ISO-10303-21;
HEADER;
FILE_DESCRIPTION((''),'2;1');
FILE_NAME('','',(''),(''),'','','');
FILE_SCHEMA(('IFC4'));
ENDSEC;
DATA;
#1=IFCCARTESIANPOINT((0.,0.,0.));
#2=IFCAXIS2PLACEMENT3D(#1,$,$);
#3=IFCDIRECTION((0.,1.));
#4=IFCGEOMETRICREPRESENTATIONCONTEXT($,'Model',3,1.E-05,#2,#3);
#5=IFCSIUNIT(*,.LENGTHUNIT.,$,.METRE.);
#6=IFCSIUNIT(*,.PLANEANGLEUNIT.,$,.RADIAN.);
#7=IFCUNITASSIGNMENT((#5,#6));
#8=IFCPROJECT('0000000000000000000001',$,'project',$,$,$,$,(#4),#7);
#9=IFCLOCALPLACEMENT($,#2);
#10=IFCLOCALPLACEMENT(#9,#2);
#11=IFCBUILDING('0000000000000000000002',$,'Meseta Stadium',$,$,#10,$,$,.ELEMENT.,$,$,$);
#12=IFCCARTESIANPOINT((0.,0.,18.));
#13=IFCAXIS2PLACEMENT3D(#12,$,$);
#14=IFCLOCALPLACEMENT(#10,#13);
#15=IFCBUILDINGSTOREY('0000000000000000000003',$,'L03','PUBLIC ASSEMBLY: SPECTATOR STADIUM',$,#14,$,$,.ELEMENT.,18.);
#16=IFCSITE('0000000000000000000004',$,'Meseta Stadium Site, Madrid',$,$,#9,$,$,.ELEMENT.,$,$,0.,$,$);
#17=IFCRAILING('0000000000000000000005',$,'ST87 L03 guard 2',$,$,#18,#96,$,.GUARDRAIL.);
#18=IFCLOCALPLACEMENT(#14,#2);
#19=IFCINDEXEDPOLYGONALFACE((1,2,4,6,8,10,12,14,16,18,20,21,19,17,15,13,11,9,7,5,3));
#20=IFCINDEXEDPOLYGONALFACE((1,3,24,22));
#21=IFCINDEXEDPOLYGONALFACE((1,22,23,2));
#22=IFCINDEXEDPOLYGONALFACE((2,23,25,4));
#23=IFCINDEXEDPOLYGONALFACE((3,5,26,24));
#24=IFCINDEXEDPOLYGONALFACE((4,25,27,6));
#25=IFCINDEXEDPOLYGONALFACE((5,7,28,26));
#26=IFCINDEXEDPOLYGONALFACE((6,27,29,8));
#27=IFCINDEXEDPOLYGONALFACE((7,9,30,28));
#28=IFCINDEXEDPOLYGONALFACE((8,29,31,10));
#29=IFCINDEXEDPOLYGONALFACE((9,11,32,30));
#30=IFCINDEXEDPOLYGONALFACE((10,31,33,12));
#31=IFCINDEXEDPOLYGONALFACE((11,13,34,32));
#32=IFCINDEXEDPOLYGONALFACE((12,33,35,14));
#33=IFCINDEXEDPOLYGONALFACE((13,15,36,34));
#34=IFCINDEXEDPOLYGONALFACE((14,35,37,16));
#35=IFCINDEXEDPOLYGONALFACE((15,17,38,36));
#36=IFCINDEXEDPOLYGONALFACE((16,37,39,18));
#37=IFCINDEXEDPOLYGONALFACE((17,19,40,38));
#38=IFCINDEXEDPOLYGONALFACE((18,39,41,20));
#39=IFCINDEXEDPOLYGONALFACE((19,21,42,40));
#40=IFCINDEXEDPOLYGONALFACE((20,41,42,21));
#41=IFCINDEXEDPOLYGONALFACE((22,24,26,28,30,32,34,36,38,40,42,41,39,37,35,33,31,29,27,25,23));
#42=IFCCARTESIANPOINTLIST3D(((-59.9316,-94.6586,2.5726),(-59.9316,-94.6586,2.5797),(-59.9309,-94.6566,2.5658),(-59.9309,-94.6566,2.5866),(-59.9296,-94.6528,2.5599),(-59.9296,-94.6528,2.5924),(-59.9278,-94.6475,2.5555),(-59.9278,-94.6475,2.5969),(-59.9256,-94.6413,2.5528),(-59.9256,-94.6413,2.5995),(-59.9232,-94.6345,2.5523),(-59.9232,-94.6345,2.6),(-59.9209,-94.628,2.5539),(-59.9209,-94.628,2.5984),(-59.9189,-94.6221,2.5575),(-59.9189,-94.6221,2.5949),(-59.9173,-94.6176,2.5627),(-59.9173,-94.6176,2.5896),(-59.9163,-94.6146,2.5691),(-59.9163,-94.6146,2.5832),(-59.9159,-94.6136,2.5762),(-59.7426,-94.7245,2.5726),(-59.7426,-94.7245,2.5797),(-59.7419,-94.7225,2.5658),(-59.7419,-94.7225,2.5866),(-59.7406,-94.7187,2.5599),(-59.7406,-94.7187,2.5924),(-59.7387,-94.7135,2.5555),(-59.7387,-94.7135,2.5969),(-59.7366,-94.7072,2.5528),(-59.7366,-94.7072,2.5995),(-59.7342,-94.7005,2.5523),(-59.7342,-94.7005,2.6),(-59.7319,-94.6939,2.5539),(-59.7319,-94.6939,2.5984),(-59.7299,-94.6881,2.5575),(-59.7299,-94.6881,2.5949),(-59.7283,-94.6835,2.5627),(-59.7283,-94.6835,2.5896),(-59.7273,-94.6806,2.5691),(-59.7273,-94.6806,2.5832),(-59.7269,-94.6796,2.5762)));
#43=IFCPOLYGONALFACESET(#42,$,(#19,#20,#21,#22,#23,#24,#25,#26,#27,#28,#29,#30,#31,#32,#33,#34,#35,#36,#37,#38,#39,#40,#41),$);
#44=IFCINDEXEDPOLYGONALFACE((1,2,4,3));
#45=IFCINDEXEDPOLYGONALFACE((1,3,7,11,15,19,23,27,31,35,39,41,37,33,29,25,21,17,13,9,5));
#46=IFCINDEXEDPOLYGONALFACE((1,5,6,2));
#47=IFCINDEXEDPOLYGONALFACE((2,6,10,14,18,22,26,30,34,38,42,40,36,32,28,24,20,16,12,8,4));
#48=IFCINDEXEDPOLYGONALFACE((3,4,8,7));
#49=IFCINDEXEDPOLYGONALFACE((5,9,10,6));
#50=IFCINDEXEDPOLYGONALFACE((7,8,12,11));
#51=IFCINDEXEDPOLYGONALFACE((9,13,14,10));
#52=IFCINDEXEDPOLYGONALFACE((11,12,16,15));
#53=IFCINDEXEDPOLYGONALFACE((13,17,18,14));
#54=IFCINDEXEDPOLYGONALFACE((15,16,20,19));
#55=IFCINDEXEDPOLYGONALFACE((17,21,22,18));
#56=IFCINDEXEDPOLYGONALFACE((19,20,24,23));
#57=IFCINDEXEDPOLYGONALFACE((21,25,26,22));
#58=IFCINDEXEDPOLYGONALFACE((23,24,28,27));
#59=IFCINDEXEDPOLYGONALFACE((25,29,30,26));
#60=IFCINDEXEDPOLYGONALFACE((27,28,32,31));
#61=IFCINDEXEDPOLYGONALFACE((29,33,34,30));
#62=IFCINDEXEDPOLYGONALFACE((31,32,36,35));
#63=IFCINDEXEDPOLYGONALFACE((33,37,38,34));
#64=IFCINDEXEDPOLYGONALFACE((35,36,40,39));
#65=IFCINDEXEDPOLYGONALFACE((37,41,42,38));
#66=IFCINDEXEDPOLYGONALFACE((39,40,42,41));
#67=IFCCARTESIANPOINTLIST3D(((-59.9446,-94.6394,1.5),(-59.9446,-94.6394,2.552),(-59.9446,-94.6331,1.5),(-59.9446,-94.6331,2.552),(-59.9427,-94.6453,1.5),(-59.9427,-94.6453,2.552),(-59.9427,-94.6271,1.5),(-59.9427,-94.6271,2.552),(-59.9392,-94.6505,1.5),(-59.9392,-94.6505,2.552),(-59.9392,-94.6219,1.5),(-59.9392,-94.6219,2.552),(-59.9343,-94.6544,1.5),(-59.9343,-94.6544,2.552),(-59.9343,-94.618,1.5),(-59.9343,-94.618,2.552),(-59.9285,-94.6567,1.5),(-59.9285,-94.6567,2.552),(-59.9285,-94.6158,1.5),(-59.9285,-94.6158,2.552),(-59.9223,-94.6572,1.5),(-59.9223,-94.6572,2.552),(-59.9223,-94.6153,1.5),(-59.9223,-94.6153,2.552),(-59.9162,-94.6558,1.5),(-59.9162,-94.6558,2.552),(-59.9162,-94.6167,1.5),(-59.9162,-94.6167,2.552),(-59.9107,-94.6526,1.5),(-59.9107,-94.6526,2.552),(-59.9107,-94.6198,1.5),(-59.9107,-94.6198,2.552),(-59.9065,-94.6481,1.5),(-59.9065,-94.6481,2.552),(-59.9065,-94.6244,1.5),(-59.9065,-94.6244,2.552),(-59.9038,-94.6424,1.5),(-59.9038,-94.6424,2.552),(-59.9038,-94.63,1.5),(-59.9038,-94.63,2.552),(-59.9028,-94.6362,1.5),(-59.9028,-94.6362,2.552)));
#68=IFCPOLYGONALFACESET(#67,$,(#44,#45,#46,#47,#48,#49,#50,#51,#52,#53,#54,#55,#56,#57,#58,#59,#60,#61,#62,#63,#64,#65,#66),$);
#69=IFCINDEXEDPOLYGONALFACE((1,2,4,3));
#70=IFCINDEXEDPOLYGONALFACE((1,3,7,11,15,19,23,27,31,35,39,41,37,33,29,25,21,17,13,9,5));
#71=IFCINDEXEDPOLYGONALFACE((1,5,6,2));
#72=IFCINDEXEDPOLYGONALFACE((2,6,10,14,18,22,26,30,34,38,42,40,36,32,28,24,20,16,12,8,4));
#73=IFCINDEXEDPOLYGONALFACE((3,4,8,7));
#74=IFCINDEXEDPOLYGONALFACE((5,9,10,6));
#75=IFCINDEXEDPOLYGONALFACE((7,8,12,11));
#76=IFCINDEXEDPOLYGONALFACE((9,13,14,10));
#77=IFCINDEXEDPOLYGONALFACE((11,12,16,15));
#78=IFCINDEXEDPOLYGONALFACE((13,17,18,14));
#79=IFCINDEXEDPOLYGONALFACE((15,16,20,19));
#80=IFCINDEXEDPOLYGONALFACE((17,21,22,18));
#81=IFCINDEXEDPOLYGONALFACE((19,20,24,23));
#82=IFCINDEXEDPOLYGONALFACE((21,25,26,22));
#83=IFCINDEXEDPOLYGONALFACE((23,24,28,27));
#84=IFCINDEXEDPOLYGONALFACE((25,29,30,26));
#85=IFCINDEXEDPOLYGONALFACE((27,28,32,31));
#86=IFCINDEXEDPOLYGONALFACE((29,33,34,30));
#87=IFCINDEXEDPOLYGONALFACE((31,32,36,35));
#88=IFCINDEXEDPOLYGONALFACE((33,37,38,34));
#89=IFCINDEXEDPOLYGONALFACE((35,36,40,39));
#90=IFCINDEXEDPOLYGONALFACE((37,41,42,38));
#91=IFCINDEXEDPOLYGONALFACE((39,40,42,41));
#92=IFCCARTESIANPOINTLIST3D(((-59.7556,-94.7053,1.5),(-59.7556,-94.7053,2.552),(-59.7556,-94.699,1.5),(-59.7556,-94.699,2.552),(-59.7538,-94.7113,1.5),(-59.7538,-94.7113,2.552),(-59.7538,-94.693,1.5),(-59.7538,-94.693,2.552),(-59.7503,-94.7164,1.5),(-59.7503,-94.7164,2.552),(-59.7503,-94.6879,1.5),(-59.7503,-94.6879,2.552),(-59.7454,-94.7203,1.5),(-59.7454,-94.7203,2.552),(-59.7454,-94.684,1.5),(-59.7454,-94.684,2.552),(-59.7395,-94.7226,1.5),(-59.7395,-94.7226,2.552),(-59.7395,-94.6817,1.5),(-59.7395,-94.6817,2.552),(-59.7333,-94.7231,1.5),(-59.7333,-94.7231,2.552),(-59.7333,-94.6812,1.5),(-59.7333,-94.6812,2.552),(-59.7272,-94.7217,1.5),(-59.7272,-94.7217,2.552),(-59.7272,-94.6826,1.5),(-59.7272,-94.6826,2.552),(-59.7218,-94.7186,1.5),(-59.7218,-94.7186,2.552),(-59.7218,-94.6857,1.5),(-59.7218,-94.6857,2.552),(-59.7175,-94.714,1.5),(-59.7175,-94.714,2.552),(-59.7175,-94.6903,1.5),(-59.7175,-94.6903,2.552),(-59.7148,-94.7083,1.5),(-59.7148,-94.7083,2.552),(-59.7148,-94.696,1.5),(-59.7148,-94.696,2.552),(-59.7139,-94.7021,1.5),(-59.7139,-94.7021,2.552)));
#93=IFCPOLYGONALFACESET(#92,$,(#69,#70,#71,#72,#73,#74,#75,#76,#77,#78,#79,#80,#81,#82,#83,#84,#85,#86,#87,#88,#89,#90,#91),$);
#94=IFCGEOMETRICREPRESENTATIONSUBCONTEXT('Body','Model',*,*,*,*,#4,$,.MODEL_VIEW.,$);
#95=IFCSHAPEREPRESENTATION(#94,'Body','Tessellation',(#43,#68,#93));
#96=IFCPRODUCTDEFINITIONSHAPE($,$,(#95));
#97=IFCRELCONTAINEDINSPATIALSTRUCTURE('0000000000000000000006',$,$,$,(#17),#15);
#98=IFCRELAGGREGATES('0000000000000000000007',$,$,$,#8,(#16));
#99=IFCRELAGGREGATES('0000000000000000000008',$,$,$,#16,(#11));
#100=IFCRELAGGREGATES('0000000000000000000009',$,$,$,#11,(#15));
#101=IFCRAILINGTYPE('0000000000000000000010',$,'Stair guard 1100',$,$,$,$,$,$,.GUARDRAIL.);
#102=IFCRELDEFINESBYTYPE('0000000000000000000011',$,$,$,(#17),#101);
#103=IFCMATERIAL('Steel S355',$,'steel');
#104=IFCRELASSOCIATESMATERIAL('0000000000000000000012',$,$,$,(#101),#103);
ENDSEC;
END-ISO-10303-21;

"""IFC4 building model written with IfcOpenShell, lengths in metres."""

from ifc_helpers import new_model, si_unit, direction, frame, origin, origin_2d, place, context, subcontext, project, spatial, circle, extrude, material, type_object, element, save


model = new_model("IFC4")

# Units and contexts
model_context = context("Model", 3, precision=1e-05, world=origin(), true_north=direction((0.0, 1.0)))
body_context = subcontext(model_context, "Body", "Model", "MODEL_VIEW")
ifc_project = project(units=[si_unit("LENGTHUNIT", "METRE"), si_unit("PLANEANGLEUNIT", "RADIAN")], contexts=[model_context])

# Site, building, storey
site_placement = place(None, origin())
site = spatial("IfcSite", under=ifc_project, at=site_placement, Name="Meseta Stadium Site, Madrid", CompositionType="ELEMENT", RefElevation=0.0)
building_placement = place(site_placement, origin())
building = spatial("IfcBuilding", under=site, at=building_placement, Name="Meseta Stadium", CompositionType="ELEMENT")
storey_placement = place(building_placement, frame((0.0, 0.0, 18.0)))
storey = spatial("IfcBuildingStorey", under=building, at=storey_placement, Name="L03", Description="PUBLIC ASSEMBLY: SPECTATOR STADIUM", CompositionType="ELEMENT", Elevation=18.0)

# Railing
ifc_material_1 = material(Name="Steel S355", Category="steel")
railing_type_1 = type_object("IfcRailingType", Name="Stair guard 1100", PredefinedType="GUARDRAIL", material=ifc_material_1)
railing_1_placement = place(storey_placement, frame((-59.9238, -94.6362, 1.5)))
element("IfcRailing", 1, at=railing_1_placement, inside=storey, type_object=railing_type_1, Name="ST87 L03 guard 2", PredefinedType="GUARDRAIL", context=body_context, shape_type="SweptSolid", body=[
    extrude(circle(Radius=0.0239, at=origin_2d()), frame((0.0, 0.0, 1.0762), z_axis=(0.9442, -0.329372, 0.0), x_axis=(0.329372, 0.9442, 0.0)), (0.0, 0.0, 1.0), 0.2002),
    extrude(circle(Radius=0.021, at=origin_2d()), origin(), (0.0, 0.0, 1.0), 1.052),
    extrude(circle(Radius=0.021, at=origin_2d()), frame((0.189, -0.0659, 0.0)), (0.0, 0.0, 1.0), 1.052),
])

save(model, "model.ifc")
